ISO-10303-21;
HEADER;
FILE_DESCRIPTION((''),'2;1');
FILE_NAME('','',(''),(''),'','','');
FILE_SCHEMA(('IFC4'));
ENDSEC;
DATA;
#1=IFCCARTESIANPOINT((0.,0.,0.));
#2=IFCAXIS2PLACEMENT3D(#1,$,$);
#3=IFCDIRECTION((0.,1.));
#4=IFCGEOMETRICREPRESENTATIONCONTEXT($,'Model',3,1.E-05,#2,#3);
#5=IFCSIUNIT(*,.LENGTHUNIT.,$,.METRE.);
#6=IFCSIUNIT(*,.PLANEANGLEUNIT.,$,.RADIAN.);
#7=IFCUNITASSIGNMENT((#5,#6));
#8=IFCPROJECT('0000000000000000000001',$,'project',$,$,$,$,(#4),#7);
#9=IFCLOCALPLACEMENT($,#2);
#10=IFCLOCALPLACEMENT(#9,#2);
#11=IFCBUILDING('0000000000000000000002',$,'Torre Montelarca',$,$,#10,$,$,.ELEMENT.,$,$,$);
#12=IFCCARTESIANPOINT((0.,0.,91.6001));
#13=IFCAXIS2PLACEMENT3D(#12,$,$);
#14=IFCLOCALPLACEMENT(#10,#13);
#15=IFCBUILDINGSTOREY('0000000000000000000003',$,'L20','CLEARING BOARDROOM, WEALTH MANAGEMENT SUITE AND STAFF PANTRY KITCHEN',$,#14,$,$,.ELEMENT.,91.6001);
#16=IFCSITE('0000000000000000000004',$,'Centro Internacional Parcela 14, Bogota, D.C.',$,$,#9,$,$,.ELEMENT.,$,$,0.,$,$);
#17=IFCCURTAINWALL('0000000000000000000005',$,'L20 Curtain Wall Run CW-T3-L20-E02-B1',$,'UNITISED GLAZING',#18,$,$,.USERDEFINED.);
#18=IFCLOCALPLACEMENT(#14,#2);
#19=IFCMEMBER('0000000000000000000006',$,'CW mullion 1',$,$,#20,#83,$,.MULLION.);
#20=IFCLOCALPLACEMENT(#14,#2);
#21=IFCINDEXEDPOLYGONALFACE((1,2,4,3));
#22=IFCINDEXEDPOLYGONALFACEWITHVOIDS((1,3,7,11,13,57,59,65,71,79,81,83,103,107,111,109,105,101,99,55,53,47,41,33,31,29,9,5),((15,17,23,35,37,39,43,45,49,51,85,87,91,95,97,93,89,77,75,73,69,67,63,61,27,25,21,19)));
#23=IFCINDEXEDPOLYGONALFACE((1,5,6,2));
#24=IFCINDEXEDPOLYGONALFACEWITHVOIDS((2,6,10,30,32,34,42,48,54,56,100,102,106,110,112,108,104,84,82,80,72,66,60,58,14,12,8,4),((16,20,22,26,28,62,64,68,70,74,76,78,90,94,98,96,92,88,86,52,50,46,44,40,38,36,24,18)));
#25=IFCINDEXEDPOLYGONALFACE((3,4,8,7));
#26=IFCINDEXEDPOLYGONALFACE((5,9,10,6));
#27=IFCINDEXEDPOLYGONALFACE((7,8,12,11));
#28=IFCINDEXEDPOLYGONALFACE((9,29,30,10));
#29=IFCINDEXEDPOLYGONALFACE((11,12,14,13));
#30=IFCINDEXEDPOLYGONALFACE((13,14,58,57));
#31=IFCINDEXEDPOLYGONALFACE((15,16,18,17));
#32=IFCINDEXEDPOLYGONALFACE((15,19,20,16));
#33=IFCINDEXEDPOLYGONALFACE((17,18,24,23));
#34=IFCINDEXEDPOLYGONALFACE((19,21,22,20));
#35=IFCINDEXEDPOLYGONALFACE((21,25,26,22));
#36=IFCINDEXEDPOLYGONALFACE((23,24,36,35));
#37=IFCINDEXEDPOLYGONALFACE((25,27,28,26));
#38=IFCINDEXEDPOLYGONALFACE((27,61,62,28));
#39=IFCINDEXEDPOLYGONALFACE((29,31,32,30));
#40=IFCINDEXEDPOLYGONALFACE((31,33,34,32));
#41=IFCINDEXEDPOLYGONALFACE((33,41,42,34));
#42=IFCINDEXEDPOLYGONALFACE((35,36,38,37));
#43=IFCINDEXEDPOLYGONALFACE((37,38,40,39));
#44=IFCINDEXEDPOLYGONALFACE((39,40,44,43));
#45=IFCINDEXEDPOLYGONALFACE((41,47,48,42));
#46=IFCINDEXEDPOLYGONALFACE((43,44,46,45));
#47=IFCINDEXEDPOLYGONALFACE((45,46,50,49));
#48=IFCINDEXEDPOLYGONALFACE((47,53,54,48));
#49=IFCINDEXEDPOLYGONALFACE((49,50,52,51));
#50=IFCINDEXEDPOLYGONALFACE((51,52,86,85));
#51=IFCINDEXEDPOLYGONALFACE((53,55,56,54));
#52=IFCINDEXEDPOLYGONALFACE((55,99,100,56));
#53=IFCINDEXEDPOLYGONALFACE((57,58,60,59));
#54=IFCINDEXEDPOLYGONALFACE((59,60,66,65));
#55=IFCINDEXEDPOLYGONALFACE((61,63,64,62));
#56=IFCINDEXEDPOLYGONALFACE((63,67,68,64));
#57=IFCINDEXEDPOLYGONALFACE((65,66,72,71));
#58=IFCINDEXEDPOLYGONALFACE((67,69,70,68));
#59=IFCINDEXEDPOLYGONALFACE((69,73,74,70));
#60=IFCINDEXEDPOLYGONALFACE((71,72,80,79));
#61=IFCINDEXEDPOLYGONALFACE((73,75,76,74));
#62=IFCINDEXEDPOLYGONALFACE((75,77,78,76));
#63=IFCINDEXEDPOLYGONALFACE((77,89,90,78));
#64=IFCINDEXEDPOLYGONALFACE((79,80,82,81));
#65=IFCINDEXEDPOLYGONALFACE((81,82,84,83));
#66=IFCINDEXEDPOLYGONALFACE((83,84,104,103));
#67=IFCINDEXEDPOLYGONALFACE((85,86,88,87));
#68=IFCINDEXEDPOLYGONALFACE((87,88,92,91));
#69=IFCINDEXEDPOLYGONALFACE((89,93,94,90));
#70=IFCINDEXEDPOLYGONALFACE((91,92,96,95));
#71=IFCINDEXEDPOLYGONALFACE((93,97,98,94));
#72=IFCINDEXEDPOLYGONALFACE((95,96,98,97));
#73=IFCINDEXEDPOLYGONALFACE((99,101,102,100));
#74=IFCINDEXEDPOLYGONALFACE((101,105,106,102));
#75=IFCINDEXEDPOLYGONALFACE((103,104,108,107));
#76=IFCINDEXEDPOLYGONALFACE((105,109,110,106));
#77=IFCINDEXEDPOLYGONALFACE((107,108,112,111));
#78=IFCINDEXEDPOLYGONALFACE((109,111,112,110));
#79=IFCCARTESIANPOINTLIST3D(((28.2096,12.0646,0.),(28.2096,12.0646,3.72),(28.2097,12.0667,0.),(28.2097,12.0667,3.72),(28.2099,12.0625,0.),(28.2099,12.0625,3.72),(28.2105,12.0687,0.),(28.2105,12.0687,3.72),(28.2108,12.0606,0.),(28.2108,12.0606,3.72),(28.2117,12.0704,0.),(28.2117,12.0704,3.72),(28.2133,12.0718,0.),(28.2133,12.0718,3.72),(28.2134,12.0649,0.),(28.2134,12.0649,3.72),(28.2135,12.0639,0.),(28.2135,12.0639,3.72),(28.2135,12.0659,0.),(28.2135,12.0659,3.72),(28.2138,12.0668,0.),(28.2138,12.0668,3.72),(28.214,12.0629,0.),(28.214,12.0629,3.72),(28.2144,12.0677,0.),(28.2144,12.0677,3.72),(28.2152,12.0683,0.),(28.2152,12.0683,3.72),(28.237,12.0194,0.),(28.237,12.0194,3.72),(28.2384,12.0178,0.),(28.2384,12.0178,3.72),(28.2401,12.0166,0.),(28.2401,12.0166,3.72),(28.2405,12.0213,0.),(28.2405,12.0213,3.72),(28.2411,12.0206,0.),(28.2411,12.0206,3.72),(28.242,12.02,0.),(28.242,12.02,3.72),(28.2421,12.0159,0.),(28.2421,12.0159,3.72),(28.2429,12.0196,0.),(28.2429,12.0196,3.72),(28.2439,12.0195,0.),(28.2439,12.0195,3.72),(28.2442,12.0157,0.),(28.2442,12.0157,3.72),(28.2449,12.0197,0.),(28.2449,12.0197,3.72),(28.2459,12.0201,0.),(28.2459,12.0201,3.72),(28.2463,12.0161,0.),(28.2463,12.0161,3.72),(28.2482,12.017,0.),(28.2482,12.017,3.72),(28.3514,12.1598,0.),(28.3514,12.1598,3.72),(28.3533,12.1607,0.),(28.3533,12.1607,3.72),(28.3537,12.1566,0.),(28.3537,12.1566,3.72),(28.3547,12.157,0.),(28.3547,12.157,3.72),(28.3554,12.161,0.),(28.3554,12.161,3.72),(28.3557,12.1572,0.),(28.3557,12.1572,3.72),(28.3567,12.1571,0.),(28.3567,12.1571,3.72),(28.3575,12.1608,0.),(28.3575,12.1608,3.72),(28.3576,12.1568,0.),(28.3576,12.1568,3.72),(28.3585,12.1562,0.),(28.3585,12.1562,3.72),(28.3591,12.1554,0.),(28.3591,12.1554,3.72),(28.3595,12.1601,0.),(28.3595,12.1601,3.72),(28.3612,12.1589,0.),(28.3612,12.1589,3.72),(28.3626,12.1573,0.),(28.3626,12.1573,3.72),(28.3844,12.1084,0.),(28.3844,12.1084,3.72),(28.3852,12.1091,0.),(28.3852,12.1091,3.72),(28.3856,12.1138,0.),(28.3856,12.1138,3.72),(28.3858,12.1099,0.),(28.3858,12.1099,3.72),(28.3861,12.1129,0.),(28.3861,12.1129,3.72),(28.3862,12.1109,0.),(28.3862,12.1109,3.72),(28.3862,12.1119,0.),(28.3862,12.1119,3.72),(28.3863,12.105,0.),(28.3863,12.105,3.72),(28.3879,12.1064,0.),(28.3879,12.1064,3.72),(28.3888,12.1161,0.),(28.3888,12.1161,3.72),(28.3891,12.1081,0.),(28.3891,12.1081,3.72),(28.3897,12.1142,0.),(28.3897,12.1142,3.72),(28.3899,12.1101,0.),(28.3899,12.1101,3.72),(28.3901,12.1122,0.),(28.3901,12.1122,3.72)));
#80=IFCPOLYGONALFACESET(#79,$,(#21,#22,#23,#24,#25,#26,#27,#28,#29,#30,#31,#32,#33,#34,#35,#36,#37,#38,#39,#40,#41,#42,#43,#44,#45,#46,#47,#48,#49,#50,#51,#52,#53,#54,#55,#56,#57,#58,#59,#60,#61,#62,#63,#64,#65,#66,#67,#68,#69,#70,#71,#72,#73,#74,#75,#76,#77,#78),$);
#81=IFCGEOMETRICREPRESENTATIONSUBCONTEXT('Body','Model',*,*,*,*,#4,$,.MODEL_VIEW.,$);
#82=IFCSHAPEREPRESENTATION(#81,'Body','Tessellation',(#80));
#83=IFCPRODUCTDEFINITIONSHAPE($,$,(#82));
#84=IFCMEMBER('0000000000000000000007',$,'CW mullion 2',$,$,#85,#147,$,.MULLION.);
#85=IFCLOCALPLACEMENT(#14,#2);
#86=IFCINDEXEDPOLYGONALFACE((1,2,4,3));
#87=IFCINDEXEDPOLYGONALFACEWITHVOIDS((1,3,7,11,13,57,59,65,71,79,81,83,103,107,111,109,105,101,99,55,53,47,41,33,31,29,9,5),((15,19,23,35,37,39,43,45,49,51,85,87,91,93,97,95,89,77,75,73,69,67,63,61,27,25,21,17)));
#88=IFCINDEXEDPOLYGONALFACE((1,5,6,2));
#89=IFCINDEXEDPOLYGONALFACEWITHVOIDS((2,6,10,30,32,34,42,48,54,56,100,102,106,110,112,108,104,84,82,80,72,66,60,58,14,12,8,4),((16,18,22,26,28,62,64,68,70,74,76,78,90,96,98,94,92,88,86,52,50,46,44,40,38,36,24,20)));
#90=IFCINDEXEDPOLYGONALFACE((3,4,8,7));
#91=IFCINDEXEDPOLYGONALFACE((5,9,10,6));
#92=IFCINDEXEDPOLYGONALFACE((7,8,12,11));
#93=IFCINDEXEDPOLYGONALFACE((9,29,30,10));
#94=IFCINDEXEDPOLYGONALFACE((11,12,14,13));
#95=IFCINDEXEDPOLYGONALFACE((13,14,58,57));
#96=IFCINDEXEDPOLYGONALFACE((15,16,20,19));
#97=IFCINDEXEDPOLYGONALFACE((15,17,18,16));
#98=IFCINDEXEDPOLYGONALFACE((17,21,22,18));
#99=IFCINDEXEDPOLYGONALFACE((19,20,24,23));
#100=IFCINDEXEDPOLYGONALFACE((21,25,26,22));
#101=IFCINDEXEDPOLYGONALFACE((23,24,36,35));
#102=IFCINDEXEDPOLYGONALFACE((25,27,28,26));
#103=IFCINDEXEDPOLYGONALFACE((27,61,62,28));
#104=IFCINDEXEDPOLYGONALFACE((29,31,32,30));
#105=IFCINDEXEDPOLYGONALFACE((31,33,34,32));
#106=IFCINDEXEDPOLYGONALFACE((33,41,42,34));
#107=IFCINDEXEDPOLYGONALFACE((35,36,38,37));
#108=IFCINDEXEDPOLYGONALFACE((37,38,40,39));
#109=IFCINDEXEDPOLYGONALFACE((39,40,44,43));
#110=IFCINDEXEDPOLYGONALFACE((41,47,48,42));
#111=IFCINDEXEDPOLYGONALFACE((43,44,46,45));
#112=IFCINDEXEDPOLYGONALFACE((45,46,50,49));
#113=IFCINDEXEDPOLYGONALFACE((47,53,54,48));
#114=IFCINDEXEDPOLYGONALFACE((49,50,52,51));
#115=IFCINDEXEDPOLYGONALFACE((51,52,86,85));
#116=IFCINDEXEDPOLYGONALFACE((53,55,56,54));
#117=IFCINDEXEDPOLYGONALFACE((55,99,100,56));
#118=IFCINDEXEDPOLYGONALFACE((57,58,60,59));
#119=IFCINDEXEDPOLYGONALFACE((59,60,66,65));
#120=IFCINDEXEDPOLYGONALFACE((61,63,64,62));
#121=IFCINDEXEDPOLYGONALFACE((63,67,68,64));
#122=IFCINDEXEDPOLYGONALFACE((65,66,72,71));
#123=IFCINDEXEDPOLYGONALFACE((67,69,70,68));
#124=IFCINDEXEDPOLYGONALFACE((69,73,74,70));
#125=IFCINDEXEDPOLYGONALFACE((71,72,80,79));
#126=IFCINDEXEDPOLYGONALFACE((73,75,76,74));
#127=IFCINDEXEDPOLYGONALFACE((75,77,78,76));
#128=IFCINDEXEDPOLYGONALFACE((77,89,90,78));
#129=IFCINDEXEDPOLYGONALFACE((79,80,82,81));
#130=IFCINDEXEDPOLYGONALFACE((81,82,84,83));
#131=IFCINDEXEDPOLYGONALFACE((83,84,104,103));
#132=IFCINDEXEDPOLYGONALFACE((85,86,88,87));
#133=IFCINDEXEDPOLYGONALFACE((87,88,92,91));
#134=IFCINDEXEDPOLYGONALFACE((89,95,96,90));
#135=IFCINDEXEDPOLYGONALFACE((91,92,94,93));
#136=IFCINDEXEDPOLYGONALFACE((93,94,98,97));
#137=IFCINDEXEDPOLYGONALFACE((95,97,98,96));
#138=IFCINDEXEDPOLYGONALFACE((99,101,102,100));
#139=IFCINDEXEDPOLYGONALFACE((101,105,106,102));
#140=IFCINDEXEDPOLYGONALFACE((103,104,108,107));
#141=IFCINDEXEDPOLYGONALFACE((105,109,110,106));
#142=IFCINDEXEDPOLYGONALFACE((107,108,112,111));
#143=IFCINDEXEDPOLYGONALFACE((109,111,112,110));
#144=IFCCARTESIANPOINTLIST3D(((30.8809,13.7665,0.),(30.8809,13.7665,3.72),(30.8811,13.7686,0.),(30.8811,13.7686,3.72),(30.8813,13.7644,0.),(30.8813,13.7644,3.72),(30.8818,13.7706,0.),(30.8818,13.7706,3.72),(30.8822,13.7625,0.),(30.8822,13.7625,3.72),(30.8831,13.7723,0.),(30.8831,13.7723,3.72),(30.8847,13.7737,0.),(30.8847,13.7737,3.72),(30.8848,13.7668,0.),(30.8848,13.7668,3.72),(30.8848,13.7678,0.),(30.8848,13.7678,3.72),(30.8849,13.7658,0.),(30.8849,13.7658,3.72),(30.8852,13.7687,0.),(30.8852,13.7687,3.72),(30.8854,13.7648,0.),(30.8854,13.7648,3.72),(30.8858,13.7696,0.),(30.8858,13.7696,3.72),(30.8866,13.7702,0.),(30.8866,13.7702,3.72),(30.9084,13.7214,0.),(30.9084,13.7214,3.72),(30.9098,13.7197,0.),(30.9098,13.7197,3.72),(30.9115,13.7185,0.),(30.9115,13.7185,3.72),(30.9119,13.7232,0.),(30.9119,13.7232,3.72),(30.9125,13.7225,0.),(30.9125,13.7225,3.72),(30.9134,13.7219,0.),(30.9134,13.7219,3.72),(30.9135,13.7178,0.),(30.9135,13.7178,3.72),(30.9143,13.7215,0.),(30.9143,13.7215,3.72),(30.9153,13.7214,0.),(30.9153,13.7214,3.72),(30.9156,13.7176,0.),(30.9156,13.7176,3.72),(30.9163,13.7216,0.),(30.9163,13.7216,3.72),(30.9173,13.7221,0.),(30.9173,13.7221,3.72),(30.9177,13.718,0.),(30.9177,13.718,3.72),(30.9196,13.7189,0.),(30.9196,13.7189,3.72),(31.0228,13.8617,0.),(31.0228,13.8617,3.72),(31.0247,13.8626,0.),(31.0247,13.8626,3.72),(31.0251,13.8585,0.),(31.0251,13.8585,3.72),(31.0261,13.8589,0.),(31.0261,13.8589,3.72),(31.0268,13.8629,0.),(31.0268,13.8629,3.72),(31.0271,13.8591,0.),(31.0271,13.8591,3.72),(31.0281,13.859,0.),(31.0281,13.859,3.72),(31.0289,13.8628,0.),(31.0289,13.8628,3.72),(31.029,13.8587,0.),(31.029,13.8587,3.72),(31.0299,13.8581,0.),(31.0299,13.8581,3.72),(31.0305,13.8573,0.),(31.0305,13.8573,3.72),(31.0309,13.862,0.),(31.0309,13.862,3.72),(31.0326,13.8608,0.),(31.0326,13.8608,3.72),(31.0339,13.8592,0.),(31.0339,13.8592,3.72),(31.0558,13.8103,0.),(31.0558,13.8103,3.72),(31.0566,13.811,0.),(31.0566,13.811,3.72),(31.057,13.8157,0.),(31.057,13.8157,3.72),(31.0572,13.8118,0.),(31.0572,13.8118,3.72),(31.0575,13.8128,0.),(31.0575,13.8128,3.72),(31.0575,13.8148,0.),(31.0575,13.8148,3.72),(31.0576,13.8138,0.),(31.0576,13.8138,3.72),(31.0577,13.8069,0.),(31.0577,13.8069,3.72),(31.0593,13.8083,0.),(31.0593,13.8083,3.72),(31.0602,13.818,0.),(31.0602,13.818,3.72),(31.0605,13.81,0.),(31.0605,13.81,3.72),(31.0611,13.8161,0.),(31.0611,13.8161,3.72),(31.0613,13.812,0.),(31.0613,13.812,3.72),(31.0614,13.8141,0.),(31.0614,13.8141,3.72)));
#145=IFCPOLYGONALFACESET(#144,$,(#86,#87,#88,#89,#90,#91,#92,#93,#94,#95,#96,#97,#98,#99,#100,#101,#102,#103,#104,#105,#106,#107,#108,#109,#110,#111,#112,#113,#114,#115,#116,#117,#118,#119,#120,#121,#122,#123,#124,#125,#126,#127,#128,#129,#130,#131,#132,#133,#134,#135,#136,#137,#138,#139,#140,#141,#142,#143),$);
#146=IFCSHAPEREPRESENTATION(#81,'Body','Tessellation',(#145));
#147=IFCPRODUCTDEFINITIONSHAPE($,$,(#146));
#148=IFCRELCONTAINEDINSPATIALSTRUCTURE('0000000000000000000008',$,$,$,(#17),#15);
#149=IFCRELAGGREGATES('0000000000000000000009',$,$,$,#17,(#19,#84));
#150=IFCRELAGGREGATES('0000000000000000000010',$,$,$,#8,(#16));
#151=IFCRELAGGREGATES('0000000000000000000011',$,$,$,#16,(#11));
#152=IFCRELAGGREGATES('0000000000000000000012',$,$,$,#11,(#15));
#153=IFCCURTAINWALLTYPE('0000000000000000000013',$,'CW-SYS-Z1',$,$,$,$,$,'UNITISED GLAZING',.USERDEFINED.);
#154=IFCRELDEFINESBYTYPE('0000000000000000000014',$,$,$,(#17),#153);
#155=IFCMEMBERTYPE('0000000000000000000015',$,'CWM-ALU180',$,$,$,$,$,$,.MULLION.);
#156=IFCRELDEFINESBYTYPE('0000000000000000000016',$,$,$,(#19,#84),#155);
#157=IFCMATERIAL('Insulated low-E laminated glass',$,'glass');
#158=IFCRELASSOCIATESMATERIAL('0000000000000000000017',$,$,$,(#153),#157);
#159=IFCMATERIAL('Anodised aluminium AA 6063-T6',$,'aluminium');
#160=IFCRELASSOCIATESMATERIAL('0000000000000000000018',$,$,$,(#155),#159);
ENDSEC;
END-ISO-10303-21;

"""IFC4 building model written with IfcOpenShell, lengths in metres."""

from ifc_helpers import new_model, si_unit, direction, frame, origin, origin_2d, place, context, subcontext, project, spatial, hollow_rectangle, extrude, source, transform, mapped, material, material_profile, profile_set, type_object, element, aggregate, save


model = new_model("IFC4")

# Units and contexts
model_context = context("Model", 3, precision=1e-05, world=origin(), true_north=direction((0.0, 1.0)))
body_context = subcontext(model_context, "Body", "Model", "MODEL_VIEW")
ifc_project = project(units=[si_unit("LENGTHUNIT", "METRE"), si_unit("PLANEANGLEUNIT", "RADIAN")], contexts=[model_context])

# Site, building, storey
site_placement = place(None, origin())
site = spatial("IfcSite", under=ifc_project, at=site_placement, Name="Centro Internacional Parcela 14, Bogota, D.C.", CompositionType="ELEMENT", RefElevation=0.0)
building_placement = place(site_placement, origin())
building = spatial("IfcBuilding", under=site, at=building_placement, Name="Torre Montelarca", CompositionType="ELEMENT")
storey_placement = place(building_placement, frame((0.0, 0.0, 91.6001)))
storey = spatial("IfcBuildingStorey", under=building, at=storey_placement, Name="L20", Description="CLEARING BOARDROOM, WEALTH MANAGEMENT SUITE AND STAFF PANTRY KITCHEN", CompositionType="ELEMENT", Elevation=91.6001)

# Curtain wall
ifc_material_1 = material(Name="Insulated low-E laminated glass", Category="glass")
curtain_wall_type = type_object("IfcCurtainWallType", Name="CW-SYS-Z1", ElementType="UNITISED GLAZING", PredefinedType="USERDEFINED", material=ifc_material_1)
ifc_material_2 = material(Name="Anodised aluminium AA 6063-T6", Category="aluminium")
curtain_wall_1_placement = place(storey_placement, origin())
curtain_wall_1 = element("IfcCurtainWall", 1, at=curtain_wall_1_placement, inside=storey, type_object=curtain_wall_type, Name="L20 Curtain Wall Run CW-T3-L20-E02-B1", ObjectType="UNITISED GLAZING", PredefinedType="USERDEFINED")

# Shared definitions
ifc_material_profile_1 = material_profile(ifc_material_2, hollow_rectangle(XDim=0.0649, YDim=0.1799, WallThickness=0.0039, InnerFilletRadius=0.0039, OuterFilletRadius=0.0081, at=origin_2d()), Name="ALU65X180X4", Category="aluminium")
ifc_profile_set_1 = profile_set([ifc_material_profile_1], Name="Anodised aluminium AA 6063-T6")
member_type_1 = type_object("IfcMemberType", Name="CWM-ALU180", PredefinedType="MULLION", material=ifc_profile_set_1)
shared_shape_1 = source(origin(), body_context, "Body", "SweptSolid", [
    extrude(hollow_rectangle(XDim=0.0649, YDim=0.1799, WallThickness=0.0039, InnerFilletRadius=0.0039, OuterFilletRadius=0.0081, at=origin_2d()), origin(), (0.0, 0.0, 1.0), 3.72),
])

# Members
member_1_placement = place(storey_placement, frame((28.2998, 12.0884, 0.0), z_axis=(0.0, 0.0, 1.0), x_axis=(-0.537312, 0.843383, 0.0)))
member_1 = element("IfcMember", 2, at=member_1_placement, type_object=member_type_1, Name="CW mullion 1", PredefinedType="MULLION", context=body_context, shape_type="MappedRepresentation", body=[
    mapped(shared_shape_1, transform((0.0, 0.0, 0.0), scale=1.0)),
])
member_2_placement = place(storey_placement, frame((30.9712, 13.7903, 0.0), z_axis=(0.0, 0.0, 1.0), x_axis=(-0.537312, 0.843383, 0.0)))
member_2 = element("IfcMember", 3, at=member_2_placement, type_object=member_type_1, Name="CW mullion 2", PredefinedType="MULLION", context=body_context, shape_type="MappedRepresentation", body=[
    mapped(shared_shape_1, transform((0.0, 0.0, 0.0), scale=1.0)),
])

aggregate(curtain_wall_1, [member_1, member_2])

save(model, "model.ifc")
